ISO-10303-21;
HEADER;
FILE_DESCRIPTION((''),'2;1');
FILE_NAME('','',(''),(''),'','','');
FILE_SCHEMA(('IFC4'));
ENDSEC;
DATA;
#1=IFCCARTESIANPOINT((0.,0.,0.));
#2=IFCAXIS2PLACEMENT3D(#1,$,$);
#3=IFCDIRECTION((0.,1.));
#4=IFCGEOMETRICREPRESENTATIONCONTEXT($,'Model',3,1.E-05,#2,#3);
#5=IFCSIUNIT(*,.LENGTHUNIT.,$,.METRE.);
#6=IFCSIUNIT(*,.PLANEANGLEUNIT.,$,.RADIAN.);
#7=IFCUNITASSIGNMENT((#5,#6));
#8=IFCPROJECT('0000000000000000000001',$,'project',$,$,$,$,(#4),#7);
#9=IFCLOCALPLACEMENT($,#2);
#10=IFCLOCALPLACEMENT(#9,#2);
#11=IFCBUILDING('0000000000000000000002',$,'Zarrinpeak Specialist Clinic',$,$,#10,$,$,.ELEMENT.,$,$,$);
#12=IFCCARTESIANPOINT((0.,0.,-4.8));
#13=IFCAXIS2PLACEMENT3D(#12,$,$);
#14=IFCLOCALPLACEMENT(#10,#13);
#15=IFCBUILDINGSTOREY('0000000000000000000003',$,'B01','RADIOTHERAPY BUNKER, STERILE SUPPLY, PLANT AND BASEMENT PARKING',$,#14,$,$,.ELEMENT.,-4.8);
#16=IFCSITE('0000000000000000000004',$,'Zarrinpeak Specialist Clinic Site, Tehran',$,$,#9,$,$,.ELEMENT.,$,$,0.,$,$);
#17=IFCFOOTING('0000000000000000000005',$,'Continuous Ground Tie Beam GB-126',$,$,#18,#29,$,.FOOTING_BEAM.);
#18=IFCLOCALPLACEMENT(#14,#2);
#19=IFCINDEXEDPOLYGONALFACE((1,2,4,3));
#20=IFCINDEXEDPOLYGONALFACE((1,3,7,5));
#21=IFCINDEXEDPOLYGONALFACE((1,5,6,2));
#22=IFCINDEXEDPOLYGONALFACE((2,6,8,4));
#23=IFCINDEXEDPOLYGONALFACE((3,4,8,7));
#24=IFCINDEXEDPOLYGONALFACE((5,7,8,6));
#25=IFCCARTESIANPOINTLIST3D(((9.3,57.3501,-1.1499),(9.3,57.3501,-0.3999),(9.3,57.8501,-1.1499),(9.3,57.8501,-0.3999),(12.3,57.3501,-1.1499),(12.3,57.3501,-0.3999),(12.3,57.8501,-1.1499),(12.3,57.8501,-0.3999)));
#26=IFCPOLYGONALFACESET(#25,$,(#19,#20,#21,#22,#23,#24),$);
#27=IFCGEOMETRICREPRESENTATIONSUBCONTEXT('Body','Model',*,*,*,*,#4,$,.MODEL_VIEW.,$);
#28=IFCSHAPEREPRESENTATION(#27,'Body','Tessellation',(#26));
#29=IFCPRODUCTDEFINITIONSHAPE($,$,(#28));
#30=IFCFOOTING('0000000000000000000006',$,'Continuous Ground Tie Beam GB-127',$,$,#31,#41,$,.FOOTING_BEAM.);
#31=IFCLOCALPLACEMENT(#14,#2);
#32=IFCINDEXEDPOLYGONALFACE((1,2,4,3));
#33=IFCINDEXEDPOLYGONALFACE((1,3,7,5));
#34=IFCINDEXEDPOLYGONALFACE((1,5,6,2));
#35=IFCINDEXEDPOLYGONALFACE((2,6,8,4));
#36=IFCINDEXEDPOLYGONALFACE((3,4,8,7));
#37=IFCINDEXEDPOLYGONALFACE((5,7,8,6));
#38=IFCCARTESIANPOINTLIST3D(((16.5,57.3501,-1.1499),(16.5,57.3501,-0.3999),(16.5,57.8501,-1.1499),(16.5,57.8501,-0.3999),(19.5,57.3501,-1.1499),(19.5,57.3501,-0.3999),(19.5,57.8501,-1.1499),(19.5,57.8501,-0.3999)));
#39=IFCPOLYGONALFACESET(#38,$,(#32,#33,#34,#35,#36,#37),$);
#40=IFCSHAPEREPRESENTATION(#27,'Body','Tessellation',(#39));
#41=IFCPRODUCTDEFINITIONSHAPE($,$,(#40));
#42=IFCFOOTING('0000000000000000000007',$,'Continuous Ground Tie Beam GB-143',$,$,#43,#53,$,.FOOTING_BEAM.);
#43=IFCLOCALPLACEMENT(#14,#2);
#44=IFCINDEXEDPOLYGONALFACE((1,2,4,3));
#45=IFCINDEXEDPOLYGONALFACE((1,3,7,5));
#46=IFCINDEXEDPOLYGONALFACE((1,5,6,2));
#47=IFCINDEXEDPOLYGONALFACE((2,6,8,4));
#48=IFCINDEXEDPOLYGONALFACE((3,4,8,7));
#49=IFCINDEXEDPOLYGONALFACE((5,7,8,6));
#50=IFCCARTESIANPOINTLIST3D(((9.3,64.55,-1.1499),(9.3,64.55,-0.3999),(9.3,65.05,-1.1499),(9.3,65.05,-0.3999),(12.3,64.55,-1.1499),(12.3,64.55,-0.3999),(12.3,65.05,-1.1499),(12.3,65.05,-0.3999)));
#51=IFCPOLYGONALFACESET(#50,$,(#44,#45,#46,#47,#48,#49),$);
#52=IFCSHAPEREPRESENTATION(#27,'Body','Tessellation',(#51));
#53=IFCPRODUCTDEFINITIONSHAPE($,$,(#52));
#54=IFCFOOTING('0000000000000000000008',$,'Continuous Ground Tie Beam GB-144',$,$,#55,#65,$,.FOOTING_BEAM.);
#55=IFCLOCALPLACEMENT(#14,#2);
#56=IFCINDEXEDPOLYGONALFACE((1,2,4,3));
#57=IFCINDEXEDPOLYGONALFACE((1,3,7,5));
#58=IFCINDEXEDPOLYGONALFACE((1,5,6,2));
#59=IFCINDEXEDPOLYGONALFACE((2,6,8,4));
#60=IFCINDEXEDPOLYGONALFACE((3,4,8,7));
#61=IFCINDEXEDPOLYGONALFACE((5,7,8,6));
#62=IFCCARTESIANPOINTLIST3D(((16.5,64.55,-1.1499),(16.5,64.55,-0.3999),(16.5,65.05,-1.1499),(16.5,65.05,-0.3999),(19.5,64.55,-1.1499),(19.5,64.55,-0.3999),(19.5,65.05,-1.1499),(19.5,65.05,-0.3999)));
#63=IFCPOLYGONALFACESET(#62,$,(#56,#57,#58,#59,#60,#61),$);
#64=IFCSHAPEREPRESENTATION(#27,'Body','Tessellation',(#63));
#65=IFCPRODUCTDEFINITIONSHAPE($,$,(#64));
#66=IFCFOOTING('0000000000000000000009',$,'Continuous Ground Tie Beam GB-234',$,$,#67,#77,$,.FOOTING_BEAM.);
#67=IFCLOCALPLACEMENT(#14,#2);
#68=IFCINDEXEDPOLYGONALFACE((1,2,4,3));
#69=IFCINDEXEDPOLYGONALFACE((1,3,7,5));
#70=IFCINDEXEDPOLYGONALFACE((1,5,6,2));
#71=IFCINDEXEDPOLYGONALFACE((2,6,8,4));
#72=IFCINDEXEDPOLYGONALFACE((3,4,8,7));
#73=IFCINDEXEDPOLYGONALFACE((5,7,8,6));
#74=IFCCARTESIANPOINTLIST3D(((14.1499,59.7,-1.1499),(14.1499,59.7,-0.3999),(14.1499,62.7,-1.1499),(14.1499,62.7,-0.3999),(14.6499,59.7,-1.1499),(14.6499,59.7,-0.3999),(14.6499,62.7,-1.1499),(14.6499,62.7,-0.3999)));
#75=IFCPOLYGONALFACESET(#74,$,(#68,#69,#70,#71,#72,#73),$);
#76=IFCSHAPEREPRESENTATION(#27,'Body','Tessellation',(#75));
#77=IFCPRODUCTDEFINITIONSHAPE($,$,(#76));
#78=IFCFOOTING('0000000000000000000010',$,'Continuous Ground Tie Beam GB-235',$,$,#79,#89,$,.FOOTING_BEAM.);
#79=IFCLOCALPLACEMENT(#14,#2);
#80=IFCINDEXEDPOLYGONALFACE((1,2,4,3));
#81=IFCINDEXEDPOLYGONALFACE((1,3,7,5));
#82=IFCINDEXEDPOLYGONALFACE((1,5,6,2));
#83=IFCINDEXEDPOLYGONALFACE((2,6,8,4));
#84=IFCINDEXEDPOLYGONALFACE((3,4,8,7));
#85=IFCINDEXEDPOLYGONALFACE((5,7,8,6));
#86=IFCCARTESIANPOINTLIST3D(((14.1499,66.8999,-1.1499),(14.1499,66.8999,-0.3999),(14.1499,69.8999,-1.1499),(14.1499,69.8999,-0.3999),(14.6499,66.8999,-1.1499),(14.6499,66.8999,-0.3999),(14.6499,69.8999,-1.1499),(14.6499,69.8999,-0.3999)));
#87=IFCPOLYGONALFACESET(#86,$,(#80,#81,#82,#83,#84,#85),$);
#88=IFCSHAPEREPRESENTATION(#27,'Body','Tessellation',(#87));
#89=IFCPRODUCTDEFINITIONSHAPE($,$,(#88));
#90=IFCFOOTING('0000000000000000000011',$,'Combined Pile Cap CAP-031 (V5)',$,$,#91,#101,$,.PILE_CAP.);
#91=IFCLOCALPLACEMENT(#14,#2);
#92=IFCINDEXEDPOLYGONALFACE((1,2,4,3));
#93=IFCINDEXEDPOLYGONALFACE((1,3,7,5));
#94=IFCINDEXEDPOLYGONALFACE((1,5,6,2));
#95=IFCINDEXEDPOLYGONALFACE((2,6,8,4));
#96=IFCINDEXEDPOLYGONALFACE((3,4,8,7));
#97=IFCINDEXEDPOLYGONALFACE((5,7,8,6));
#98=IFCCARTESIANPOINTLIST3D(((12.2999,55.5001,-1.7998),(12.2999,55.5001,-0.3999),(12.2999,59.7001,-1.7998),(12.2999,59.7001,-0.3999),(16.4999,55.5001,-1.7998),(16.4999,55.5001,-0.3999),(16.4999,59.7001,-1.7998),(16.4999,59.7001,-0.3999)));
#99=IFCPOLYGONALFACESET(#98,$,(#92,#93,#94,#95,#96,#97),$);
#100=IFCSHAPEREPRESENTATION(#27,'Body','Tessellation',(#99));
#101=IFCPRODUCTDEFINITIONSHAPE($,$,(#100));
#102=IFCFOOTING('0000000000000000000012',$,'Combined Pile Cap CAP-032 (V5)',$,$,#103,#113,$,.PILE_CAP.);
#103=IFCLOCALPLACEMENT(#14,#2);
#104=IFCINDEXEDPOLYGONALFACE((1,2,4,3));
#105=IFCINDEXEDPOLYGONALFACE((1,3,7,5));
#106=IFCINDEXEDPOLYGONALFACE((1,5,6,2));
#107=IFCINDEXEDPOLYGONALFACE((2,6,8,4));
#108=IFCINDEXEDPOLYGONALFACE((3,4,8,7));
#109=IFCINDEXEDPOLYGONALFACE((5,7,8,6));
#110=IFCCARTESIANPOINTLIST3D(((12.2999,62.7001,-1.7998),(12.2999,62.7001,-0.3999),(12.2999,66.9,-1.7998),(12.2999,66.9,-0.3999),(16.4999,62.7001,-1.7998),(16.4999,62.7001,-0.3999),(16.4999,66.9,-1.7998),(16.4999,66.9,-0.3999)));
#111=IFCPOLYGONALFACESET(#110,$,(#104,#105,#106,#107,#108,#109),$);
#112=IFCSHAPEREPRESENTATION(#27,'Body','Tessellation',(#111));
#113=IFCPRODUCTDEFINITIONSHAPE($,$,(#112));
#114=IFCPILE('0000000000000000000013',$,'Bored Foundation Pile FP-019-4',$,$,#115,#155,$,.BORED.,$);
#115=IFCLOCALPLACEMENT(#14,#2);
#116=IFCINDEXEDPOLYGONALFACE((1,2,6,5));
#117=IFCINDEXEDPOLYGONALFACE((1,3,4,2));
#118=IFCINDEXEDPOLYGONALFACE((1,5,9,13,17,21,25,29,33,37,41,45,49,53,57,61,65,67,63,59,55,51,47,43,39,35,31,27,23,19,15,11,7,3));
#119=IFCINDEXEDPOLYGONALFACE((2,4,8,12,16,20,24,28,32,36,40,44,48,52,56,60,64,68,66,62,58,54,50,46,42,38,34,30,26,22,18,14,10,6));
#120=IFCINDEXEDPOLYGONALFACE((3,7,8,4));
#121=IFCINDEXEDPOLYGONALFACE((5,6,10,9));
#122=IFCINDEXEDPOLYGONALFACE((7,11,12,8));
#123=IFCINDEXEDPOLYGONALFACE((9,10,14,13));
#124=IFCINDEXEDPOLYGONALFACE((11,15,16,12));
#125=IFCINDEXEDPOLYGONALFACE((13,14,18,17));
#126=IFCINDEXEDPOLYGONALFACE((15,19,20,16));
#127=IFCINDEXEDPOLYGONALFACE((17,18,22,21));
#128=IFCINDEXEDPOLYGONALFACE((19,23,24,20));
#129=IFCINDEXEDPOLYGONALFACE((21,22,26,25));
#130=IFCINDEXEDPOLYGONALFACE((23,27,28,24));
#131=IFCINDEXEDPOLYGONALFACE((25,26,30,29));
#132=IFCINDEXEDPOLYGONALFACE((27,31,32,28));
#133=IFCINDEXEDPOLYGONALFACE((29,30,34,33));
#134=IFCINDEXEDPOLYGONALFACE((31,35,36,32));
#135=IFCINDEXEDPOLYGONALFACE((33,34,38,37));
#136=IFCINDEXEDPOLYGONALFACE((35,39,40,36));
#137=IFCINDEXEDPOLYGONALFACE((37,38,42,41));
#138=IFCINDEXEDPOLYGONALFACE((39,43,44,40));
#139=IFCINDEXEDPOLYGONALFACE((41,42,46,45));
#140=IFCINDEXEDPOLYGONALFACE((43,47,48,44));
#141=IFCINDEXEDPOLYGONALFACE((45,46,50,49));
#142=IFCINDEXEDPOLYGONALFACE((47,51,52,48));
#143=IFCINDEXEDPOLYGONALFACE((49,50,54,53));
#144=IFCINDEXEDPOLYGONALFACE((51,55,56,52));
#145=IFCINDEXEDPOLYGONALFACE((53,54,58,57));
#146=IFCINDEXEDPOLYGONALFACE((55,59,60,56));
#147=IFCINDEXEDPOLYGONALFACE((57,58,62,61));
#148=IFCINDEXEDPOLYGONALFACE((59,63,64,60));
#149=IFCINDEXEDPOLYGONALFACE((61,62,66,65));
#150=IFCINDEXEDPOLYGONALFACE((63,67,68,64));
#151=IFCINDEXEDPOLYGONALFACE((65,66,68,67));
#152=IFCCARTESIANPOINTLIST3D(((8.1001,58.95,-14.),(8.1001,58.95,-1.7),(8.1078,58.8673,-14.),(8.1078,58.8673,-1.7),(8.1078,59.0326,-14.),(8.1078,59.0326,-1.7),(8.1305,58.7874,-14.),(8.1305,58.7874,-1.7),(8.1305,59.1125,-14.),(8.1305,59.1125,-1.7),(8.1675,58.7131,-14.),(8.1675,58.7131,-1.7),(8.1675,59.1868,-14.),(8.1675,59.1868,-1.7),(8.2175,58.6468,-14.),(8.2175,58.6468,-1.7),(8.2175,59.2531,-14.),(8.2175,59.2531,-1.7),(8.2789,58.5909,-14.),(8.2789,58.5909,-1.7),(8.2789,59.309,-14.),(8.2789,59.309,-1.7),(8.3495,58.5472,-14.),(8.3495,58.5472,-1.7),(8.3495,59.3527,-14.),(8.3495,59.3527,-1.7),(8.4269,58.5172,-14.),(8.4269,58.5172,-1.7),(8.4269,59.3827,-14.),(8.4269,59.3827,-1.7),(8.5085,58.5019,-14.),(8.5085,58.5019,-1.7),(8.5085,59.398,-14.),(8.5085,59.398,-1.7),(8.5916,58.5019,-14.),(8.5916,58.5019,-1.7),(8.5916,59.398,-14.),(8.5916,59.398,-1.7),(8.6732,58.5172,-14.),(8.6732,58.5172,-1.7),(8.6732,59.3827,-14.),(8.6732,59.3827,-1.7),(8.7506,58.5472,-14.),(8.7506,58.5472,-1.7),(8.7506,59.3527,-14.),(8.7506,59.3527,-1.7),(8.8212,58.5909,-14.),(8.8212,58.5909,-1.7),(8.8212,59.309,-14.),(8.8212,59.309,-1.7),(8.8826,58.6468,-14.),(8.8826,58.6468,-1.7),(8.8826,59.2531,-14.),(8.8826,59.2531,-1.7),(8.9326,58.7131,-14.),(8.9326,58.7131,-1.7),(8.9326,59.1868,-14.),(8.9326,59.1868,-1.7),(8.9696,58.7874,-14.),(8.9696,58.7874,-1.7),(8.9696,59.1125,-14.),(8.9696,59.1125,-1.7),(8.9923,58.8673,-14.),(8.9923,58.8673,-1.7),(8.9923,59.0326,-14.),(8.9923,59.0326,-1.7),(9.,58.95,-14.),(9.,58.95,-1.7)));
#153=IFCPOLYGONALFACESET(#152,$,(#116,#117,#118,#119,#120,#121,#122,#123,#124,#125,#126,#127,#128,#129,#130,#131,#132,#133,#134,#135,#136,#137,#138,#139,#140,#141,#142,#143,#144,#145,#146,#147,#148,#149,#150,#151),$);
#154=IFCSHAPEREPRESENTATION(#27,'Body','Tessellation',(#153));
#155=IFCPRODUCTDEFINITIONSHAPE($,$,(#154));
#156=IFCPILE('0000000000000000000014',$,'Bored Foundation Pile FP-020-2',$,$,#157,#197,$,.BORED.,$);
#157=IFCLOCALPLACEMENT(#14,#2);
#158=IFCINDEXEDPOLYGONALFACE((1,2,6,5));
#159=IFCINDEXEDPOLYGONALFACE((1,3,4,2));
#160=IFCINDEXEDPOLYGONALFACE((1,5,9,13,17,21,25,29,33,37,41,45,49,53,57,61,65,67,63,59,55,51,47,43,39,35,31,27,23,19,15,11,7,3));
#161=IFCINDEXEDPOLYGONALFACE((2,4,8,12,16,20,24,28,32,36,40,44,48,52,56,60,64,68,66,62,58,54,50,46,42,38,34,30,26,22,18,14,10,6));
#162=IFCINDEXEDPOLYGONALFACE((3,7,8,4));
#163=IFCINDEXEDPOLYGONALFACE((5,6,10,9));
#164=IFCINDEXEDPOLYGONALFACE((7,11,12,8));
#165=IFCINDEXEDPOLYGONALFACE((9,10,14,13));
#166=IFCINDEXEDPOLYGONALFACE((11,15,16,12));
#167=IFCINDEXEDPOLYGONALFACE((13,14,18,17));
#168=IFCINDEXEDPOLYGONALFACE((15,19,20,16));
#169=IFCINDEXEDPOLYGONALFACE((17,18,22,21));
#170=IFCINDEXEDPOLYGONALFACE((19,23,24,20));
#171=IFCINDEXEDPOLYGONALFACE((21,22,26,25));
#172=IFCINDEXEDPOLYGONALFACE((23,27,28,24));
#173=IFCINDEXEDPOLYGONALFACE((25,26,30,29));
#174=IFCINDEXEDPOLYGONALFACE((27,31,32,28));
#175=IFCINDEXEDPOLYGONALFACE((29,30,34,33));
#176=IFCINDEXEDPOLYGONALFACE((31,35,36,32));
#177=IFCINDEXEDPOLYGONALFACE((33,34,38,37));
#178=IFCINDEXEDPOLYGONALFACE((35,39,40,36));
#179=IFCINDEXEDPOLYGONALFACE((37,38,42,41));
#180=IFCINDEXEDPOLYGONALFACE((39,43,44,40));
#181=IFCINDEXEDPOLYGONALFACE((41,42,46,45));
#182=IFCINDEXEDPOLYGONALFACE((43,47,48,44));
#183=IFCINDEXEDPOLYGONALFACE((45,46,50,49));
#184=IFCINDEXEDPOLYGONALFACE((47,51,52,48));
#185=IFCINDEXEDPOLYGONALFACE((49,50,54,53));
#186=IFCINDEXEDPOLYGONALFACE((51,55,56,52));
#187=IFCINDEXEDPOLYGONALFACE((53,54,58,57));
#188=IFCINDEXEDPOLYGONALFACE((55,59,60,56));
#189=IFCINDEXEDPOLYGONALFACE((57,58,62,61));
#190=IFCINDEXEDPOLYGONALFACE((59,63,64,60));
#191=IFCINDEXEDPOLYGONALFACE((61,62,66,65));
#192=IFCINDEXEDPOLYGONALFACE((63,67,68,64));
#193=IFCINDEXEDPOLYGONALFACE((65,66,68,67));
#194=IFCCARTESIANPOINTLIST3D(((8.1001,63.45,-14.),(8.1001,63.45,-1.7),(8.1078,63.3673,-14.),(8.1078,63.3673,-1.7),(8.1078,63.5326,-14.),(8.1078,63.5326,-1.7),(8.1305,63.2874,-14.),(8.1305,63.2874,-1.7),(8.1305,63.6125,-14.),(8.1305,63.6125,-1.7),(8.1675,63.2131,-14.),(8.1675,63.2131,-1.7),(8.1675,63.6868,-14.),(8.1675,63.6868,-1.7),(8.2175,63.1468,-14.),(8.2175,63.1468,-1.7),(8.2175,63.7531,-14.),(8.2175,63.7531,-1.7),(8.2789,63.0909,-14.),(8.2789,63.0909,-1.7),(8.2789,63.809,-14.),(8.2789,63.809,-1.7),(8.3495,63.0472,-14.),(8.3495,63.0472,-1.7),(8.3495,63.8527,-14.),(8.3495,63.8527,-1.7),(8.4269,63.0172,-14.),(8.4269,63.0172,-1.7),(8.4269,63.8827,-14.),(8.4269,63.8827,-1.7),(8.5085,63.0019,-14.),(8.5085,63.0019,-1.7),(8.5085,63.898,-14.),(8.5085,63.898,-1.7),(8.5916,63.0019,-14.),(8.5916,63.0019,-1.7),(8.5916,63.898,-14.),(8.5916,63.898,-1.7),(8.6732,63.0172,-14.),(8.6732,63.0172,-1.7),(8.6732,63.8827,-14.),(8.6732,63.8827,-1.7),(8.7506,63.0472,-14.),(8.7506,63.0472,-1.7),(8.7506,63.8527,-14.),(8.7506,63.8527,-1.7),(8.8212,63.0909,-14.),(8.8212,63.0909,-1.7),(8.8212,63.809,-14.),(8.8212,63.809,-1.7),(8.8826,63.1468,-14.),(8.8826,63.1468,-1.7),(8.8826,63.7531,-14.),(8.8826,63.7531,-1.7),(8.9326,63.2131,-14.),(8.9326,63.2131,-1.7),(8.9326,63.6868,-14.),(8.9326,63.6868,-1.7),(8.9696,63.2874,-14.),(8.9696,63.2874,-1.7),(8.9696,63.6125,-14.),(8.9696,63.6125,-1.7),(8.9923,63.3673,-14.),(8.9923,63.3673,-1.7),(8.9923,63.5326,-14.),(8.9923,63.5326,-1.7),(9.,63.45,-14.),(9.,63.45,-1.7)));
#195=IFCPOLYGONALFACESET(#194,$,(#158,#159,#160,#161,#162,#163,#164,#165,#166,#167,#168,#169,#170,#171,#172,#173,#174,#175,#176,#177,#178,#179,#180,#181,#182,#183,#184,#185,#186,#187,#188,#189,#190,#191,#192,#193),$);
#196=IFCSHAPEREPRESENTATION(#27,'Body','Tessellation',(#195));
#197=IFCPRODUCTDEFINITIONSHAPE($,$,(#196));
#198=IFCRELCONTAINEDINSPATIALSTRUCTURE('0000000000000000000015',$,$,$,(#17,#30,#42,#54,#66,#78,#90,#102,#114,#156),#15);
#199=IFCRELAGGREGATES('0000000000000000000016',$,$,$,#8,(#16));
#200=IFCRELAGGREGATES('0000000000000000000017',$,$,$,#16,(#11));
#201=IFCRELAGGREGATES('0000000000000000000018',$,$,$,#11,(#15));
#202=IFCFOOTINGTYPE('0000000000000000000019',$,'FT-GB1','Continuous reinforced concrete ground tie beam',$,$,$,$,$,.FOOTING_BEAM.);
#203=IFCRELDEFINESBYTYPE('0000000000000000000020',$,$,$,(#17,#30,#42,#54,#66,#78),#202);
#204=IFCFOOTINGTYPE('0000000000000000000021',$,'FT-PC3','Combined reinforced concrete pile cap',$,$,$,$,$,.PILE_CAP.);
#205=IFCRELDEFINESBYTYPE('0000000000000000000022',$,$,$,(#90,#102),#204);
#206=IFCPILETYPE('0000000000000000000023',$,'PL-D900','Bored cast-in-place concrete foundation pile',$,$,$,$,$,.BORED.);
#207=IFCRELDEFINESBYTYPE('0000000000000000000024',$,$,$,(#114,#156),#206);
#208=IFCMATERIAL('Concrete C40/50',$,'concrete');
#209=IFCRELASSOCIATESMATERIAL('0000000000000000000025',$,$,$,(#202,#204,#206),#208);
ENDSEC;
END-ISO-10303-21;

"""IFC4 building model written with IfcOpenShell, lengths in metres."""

from ifc_helpers import new_model, si_unit, direction, frame, origin, origin_2d, place, context, subcontext, project, spatial, rectangle, circle, extrude, material, material_profile, profile_set, type_object, element, save


model = new_model("IFC4")

# Units and contexts
model_context = context("Model", 3, precision=1e-05, world=origin(), true_north=direction((0.0, 1.0)))
body_context = subcontext(model_context, "Body", "Model", "MODEL_VIEW")
ifc_project = project(units=[si_unit("LENGTHUNIT", "METRE"), si_unit("PLANEANGLEUNIT", "RADIAN")], contexts=[model_context])

# Site, building, storey
site_placement = place(None, origin())
site = spatial("IfcSite", under=ifc_project, at=site_placement, Name="Zarrinpeak Specialist Clinic Site, Tehran", CompositionType="ELEMENT", RefElevation=0.0)
building_placement = place(site_placement, origin())
building = spatial("IfcBuilding", under=site, at=building_placement, Name="Zarrinpeak Specialist Clinic", CompositionType="ELEMENT")
storey_placement = place(building_placement, frame((0.0, 0.0, -4.8)))
storey = spatial("IfcBuildingStorey", under=building, at=storey_placement, Name="B01", Description="RADIOTHERAPY BUNKER, STERILE SUPPLY, PLANT AND BASEMENT PARKING", CompositionType="ELEMENT", Elevation=-4.8)

# Footings
ifc_material_1 = material(Name="Concrete C40/50", Category="concrete")
ifc_material_profile_1 = material_profile(ifc_material_1, rectangle(XDim=0.5, YDim=0.75, at=origin_2d()), Name="RC 500x750")
ifc_profile_set_1 = profile_set([ifc_material_profile_1], Name="Concrete C40/50")
footing_type_1 = type_object("IfcFootingType", Name="FT-GB1", Description="Continuous reinforced concrete ground tie beam", PredefinedType="FOOTING_BEAM", material=ifc_profile_set_1)
for number, where, z_axis, x_axis, name in (
    (1, (9.3, 57.6001, -0.7749), (1.0, 0.0, 0.0), (0.0, 1.0, 0.0), "Continuous Ground Tie Beam GB-126"),
    (2, (16.5, 57.6001, -0.7749), (1.0, 0.0, 0.0), (0.0, 1.0, 0.0), "Continuous Ground Tie Beam GB-127"),
    (3, (9.3, 64.8, -0.7749), (1.0, 0.0, 0.0), (0.0, 1.0, 0.0), "Continuous Ground Tie Beam GB-143"),
    (4, (16.5, 64.8, -0.7749), (1.0, 0.0, 0.0), (0.0, 1.0, 0.0), "Continuous Ground Tie Beam GB-144"),
    (5, (14.3999, 59.7, -0.7749), (0.0, 1.0, 0.0), (-1.0, 0.0, 0.0), "Continuous Ground Tie Beam GB-234"),
    (6, (14.3999, 66.8999, -0.7749), (0.0, 1.0, 0.0), (-1.0, 0.0, 0.0), "Continuous Ground Tie Beam GB-235"),
):
    element("IfcFooting", number, at=place(storey_placement, frame(where, z_axis=z_axis, x_axis=x_axis)), inside=storey, type_object=footing_type_1, Name=name, PredefinedType="FOOTING_BEAM", context=body_context, shape_type="SweptSolid", body=[
        extrude(rectangle(XDim=0.5, YDim=0.75, at=origin_2d()), origin(), (0.0, 0.0, 1.0), 3.0),
    ])
footing_type_2 = type_object("IfcFootingType", Name="FT-PC3", Description="Combined reinforced concrete pile cap", PredefinedType="PILE_CAP", material=ifc_material_1)
for number, where, z_axis, x_axis, name in (
    (7, (14.3999, 57.6001, -1.7998), (0.0, 0.0, 1.0), (1.0, 0.0, 0.0), "Combined Pile Cap CAP-031 (V5)"),
    (8, (14.3999, 64.8, -1.7998), (0.0, 0.0, 1.0), (1.0, 0.0, 0.0), "Combined Pile Cap CAP-032 (V5)"),
):
    element("IfcFooting", number, at=place(storey_placement, frame(where, z_axis=z_axis, x_axis=x_axis)), inside=storey, type_object=footing_type_2, Name=name, PredefinedType="PILE_CAP", context=body_context, shape_type="SweptSolid", body=[
        extrude(rectangle(XDim=4.2, YDim=4.2, at=origin_2d()), origin(), (0.0, 0.0, 1.0), 1.3999),
    ])

# Piles
ifc_material_profile_2 = material_profile(ifc_material_1, circle(Radius=0.45, at=origin_2d()), Name="BORED PILE D900")
ifc_profile_set_2 = profile_set([ifc_material_profile_2], Name="Concrete C40/50")
pile_type = type_object("IfcPileType", Name="PL-D900", Description="Bored cast-in-place concrete foundation pile", PredefinedType="BORED", material=ifc_profile_set_2)
for number, where, z_axis, x_axis, name in (
    (9, (8.55, 58.95, -1.7), (0.0, 0.0, -1.0), (1.0, 0.0, 0.0), "Bored Foundation Pile FP-019-4"),
    (10, (8.55, 63.45, -1.7), (0.0, 0.0, -1.0), (1.0, 0.0, 0.0), "Bored Foundation Pile FP-020-2"),
):
    element("IfcPile", number, at=place(storey_placement, frame(where, z_axis=z_axis, x_axis=x_axis)), inside=storey, type_object=pile_type, Name=name, PredefinedType="BORED", context=body_context, shape_type="SweptSolid", body=[
        extrude(circle(Radius=0.45, at=origin_2d()), origin(), (0.0, 0.0, 1.0), 12.3),
    ])

save(model, "model.ifc")
